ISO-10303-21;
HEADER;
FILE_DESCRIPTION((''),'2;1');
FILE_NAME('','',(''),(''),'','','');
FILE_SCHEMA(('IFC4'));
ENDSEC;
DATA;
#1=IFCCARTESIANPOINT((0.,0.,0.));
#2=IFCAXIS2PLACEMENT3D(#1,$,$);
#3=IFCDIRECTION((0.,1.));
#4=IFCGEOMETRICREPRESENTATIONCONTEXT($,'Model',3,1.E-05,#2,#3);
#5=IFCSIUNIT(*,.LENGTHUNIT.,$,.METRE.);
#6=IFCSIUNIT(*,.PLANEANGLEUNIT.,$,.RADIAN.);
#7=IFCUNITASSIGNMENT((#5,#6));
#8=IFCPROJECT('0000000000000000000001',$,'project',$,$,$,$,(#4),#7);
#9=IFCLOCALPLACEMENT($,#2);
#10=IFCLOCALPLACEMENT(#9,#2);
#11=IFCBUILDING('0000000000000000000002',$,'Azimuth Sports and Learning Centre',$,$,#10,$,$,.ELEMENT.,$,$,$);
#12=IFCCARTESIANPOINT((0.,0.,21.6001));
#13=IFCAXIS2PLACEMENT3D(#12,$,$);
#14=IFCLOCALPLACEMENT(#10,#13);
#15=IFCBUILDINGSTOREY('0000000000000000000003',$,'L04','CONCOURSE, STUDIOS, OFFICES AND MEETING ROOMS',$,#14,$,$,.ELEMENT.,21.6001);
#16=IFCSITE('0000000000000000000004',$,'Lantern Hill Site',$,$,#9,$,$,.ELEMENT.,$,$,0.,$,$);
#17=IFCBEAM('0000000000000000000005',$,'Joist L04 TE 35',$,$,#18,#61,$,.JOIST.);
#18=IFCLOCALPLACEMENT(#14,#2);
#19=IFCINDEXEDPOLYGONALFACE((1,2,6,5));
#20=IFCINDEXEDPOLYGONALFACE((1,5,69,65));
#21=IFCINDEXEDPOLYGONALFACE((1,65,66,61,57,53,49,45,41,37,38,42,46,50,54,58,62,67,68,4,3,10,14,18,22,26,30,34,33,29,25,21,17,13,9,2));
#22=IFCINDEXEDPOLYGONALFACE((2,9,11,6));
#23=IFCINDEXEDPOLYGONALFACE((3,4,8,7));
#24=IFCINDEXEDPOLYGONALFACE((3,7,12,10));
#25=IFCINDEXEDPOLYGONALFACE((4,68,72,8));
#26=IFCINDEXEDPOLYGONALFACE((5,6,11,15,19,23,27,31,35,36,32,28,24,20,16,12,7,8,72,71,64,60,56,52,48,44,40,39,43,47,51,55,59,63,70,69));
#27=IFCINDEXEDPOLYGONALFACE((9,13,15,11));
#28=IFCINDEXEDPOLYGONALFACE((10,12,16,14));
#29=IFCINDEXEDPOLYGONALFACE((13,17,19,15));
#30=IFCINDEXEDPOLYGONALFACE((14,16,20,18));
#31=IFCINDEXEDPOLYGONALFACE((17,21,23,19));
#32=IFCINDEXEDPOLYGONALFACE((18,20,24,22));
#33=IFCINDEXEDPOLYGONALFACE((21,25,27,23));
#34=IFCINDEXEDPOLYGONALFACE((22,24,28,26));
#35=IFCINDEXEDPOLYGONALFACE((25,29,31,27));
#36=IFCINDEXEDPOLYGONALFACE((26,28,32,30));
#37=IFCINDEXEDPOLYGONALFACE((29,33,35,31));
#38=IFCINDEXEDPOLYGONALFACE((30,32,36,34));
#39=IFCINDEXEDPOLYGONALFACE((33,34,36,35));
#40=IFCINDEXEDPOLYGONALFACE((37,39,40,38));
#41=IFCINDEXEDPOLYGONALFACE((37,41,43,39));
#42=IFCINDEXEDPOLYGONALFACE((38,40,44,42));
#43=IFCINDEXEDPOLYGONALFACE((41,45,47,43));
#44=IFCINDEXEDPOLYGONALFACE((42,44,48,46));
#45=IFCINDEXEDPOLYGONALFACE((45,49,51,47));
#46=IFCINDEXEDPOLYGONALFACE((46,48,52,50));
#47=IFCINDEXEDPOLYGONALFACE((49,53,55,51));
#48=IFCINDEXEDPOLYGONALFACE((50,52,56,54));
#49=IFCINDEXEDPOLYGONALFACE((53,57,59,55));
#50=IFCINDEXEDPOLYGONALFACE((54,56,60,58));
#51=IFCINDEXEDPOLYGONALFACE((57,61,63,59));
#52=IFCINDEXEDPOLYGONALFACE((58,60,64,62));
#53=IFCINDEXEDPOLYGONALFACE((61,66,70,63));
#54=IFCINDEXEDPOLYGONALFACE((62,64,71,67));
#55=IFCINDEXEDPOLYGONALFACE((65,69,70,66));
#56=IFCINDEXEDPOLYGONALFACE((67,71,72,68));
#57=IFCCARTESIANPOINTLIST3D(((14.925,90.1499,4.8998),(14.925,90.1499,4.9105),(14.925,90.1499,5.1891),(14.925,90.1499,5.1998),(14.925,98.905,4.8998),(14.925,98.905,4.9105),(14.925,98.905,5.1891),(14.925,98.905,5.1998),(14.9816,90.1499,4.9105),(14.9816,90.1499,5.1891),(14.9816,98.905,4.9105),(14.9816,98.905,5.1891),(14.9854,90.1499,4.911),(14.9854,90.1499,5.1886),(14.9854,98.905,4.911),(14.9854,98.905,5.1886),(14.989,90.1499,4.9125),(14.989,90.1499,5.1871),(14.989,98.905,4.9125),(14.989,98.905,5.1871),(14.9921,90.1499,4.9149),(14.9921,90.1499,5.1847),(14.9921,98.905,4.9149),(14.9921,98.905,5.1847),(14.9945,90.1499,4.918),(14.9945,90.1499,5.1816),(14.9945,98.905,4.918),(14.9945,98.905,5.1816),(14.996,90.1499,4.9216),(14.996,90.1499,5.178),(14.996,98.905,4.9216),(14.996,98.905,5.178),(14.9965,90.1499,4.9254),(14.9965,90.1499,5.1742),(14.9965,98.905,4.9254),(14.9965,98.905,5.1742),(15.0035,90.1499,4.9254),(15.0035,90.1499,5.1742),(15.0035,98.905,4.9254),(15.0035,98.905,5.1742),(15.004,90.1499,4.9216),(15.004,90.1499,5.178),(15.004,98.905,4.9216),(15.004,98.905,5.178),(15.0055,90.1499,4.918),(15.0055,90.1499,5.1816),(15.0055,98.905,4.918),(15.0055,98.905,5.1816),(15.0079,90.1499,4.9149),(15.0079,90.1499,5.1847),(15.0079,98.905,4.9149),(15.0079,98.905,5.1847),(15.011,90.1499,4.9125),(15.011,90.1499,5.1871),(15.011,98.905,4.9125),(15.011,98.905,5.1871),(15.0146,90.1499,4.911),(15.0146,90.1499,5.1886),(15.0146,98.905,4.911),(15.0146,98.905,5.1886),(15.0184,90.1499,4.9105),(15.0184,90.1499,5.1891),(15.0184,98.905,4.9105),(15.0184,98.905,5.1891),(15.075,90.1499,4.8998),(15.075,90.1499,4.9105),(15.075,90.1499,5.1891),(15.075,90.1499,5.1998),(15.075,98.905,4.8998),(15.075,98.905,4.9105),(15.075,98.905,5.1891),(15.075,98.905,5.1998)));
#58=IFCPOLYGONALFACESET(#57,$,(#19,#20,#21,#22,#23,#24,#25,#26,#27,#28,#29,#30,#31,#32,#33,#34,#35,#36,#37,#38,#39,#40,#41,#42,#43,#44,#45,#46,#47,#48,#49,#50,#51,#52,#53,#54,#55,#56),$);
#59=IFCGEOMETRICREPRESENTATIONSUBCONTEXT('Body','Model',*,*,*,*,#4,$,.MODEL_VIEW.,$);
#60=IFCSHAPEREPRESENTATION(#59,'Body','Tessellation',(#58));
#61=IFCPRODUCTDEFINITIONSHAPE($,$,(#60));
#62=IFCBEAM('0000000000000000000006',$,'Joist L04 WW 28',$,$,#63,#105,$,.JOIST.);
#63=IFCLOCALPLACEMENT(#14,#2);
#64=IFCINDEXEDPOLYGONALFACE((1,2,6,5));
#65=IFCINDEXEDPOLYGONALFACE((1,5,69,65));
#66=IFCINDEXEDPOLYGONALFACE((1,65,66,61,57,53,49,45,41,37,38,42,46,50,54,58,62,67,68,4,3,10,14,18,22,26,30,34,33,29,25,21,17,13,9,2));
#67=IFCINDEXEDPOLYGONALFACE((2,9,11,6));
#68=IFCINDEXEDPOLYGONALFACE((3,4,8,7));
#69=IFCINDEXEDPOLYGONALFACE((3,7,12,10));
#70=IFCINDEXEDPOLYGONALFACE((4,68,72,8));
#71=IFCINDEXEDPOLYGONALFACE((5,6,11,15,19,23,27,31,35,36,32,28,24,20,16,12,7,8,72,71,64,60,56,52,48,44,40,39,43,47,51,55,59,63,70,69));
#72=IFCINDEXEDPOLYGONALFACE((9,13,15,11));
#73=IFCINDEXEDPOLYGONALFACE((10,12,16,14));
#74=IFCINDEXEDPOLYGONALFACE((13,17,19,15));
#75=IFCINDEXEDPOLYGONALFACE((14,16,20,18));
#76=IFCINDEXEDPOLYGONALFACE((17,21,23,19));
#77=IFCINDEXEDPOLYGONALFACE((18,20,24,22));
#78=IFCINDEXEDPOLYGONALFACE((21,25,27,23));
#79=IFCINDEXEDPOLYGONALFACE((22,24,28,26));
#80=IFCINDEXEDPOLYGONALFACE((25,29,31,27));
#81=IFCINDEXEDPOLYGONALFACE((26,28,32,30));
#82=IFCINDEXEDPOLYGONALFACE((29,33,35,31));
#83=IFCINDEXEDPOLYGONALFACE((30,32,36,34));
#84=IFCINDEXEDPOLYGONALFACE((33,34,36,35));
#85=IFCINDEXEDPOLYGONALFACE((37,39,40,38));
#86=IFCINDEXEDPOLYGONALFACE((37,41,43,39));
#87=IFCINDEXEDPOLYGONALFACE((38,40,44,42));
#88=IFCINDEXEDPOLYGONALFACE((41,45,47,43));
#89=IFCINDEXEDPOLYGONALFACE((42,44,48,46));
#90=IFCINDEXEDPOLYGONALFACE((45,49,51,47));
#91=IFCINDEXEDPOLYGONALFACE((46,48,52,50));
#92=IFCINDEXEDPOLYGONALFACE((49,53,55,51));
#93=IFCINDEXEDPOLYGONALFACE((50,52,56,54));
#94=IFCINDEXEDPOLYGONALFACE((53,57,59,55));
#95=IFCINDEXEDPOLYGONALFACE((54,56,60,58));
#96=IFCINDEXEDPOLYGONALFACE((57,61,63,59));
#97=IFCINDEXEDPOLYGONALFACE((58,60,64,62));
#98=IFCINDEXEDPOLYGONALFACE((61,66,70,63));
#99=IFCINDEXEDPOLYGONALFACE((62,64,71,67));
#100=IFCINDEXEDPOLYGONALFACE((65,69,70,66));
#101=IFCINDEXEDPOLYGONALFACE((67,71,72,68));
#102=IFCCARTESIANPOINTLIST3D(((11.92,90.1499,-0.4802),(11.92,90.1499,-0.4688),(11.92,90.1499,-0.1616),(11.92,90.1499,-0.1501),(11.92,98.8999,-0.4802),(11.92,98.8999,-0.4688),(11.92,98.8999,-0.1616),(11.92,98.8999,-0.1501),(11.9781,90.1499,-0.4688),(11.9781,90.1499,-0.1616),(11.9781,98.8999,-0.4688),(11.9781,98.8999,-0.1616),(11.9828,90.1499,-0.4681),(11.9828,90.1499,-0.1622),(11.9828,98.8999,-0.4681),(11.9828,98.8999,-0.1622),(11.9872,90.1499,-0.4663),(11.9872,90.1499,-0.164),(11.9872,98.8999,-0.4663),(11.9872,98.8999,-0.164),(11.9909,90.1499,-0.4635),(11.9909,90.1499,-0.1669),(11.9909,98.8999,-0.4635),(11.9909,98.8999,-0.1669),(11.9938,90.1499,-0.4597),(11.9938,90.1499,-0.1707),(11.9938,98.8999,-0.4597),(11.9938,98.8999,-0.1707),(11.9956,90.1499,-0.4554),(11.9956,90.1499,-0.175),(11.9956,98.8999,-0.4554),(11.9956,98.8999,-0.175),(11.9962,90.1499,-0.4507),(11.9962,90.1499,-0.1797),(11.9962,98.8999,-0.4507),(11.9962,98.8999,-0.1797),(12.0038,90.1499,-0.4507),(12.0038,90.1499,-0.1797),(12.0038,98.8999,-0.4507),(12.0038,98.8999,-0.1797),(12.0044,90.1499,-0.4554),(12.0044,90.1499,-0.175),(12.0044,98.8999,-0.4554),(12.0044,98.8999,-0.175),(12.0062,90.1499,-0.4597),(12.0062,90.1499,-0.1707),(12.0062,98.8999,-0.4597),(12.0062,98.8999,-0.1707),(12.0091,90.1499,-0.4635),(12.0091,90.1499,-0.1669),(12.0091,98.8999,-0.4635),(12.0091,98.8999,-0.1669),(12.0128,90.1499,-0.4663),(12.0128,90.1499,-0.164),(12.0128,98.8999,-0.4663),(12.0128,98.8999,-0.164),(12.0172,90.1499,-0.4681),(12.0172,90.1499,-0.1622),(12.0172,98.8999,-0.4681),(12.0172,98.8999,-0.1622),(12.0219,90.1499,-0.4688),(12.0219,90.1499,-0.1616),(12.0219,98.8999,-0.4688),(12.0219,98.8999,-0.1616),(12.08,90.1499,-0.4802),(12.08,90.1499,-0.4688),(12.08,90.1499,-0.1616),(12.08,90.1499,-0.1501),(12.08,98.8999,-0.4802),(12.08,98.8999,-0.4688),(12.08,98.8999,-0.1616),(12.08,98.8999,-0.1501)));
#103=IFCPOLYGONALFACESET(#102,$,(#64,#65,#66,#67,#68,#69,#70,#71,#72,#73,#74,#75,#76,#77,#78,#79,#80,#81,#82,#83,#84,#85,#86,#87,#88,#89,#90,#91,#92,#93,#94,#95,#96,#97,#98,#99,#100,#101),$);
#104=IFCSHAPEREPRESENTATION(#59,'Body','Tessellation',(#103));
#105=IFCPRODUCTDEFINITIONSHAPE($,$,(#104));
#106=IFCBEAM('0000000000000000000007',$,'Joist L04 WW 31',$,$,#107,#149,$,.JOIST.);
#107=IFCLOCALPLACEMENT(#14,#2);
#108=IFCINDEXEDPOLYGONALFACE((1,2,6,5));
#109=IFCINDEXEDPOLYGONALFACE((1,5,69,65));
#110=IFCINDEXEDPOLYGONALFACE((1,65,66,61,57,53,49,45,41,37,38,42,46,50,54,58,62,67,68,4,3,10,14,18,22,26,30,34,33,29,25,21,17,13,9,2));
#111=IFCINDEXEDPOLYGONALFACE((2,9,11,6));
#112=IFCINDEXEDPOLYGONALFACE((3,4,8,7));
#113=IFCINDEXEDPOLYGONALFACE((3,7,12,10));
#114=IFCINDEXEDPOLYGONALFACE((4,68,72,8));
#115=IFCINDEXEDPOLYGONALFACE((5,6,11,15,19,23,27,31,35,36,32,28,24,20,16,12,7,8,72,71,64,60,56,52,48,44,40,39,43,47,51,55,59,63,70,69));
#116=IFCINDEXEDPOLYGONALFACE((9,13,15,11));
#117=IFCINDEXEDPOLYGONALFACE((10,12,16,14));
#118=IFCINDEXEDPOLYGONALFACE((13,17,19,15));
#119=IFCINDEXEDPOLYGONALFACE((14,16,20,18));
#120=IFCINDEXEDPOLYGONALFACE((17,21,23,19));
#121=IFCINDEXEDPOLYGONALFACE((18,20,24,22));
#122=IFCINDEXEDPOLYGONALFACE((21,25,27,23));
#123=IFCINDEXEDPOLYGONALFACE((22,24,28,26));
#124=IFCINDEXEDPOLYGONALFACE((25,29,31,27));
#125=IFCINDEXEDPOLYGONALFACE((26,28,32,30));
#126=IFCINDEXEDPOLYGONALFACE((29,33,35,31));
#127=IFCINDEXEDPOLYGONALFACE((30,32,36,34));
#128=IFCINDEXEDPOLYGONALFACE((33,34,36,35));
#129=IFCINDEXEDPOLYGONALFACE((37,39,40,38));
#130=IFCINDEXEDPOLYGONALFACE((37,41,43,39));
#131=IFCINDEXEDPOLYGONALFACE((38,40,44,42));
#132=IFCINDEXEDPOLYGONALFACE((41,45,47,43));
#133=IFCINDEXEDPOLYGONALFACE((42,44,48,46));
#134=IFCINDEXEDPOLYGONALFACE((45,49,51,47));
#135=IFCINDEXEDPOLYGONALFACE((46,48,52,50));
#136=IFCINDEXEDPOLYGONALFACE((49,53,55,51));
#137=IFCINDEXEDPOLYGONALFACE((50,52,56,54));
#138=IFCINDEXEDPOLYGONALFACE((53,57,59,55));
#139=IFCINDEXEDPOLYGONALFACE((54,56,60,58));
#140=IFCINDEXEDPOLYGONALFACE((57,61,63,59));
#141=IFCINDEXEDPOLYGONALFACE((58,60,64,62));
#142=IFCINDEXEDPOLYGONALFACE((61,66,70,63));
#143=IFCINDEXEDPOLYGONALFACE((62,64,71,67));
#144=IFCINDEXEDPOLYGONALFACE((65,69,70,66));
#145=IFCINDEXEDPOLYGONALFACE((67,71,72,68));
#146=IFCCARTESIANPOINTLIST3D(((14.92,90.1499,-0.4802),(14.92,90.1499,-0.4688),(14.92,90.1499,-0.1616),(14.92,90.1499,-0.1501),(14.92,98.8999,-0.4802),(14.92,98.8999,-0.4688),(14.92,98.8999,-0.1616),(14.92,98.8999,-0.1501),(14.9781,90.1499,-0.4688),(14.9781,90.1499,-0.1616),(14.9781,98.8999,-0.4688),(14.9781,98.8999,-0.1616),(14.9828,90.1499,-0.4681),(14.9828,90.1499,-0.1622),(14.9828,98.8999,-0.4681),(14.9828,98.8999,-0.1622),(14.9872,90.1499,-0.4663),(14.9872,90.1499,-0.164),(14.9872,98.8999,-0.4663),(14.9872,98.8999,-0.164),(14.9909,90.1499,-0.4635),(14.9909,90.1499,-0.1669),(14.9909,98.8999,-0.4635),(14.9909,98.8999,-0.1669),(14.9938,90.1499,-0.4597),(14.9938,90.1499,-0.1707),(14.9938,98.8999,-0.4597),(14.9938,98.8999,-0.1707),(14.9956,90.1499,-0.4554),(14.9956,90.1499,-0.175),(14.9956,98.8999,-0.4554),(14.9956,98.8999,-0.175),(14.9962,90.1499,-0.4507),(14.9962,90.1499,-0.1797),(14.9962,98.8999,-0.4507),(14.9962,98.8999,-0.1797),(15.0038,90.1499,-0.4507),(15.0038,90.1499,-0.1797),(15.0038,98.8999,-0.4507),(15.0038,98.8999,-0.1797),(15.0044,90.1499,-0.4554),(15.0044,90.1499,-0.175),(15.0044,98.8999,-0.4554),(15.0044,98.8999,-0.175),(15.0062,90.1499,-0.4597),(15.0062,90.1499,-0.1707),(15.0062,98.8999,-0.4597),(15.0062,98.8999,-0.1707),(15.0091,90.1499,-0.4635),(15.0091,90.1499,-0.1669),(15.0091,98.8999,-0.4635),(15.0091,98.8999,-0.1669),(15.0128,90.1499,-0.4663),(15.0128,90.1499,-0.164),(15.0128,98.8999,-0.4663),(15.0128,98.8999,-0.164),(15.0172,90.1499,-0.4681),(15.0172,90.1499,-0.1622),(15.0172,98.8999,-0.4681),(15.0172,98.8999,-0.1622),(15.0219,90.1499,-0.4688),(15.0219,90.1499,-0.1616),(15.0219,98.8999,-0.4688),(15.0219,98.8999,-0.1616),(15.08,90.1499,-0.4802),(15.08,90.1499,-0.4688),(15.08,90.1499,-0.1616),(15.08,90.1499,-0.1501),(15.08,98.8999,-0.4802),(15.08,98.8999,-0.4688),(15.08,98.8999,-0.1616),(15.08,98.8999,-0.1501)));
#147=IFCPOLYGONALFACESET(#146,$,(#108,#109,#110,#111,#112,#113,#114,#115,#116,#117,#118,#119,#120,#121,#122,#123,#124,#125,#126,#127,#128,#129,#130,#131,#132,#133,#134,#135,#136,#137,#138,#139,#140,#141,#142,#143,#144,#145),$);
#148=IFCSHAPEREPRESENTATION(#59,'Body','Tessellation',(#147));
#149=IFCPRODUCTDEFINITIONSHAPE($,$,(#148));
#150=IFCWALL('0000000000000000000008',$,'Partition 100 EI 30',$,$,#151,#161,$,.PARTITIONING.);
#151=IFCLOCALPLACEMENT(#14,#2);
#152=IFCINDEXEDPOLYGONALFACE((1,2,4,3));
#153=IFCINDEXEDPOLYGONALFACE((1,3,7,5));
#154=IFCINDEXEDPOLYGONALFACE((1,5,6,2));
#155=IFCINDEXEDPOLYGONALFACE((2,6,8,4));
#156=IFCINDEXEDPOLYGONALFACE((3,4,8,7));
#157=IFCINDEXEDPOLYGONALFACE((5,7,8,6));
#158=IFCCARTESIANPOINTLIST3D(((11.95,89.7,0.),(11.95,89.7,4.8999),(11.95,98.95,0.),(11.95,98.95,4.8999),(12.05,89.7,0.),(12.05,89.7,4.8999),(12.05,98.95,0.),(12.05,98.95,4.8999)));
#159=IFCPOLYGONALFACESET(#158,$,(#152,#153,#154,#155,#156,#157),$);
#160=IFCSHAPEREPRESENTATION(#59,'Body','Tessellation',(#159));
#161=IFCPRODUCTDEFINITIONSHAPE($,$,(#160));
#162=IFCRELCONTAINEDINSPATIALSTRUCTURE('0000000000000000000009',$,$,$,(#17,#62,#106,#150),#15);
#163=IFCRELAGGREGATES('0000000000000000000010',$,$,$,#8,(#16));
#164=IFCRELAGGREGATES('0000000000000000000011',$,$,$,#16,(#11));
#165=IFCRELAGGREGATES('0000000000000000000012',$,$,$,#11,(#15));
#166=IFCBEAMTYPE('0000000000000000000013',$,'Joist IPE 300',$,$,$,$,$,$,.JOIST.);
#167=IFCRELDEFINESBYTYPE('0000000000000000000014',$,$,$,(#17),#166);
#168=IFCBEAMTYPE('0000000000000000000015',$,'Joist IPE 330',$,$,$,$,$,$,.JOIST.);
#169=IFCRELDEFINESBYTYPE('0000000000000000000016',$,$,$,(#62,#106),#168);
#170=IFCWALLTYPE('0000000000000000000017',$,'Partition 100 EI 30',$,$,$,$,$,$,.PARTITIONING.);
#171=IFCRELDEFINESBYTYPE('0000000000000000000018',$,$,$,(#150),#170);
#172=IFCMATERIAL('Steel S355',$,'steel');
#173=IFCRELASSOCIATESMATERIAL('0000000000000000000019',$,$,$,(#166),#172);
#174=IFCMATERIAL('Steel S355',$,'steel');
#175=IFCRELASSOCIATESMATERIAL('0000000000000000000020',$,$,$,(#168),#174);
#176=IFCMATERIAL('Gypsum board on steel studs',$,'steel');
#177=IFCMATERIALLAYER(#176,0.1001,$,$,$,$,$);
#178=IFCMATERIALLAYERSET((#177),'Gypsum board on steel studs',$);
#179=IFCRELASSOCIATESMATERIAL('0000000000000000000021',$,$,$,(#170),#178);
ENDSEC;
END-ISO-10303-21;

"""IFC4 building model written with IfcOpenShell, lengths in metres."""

from ifc_helpers import new_model, si_unit, direction, frame, frame_2d, origin, origin_2d, place, context, subcontext, project, spatial, rectangle, i_section, extrude, material, layer, layer_set, material_profile, profile_set, type_object, element, save


model = new_model("IFC4")

# Units and contexts
model_context = context("Model", 3, precision=1e-05, world=origin(), true_north=direction((0.0, 1.0)))
body_context = subcontext(model_context, "Body", "Model", "MODEL_VIEW")
ifc_project = project(units=[si_unit("LENGTHUNIT", "METRE"), si_unit("PLANEANGLEUNIT", "RADIAN")], contexts=[model_context])

# Site, building, storey
site_placement = place(None, origin())
site = spatial("IfcSite", under=ifc_project, at=site_placement, Name="Lantern Hill Site", CompositionType="ELEMENT", RefElevation=0.0)
building_placement = place(site_placement, origin())
building = spatial("IfcBuilding", under=site, at=building_placement, Name="Azimuth Sports and Learning Centre", CompositionType="ELEMENT")
storey_placement = place(building_placement, frame((0.0, 0.0, 21.6001)))
storey = spatial("IfcBuildingStorey", under=building, at=storey_placement, Name="L04", Description="CONCOURSE, STUDIOS, OFFICES AND MEETING ROOMS", CompositionType="ELEMENT", Elevation=21.6001)

# Beams
ifc_material_1 = material(Name="Steel S355", Category="steel")
ifc_material_profile_1 = material_profile(ifc_material_1, i_section(OverallWidth=0.1499, OverallDepth=0.3, WebThickness=0.0071, FlangeThickness=0.0107, FilletRadius=0.0149, at=origin_2d()), Name="IPE 300")
ifc_profile_set_1 = profile_set([ifc_material_profile_1], Name="Steel S355")
beam_type_1 = type_object("IfcBeamType", Name="Joist IPE 300", PredefinedType="JOIST", material=ifc_profile_set_1)
for number, where, z_axis, x_axis, name in (
    (1, (15.0, 90.1499, 5.0498), (0.0, 1.0, 0.0), (-1.0, 0.0, 0.0), "Joist L04 TE 35"),
):
    element("IfcBeam", number, at=place(storey_placement, frame(where, z_axis=z_axis, x_axis=x_axis)), inside=storey, type_object=beam_type_1, Name=name, PredefinedType="JOIST", context=body_context, shape_type="SweptSolid", body=[
        extrude(i_section(OverallWidth=0.1499, OverallDepth=0.3, WebThickness=0.0071, FlangeThickness=0.0107, FilletRadius=0.0149, at=origin_2d()), origin(), (0.0, 0.0, 1.0), 8.7551),
    ])
ifc_material_2 = material(Name="Steel S355", Category="steel")
ifc_material_profile_2 = material_profile(ifc_material_2, i_section(OverallWidth=0.1599, OverallDepth=0.3301, WebThickness=0.0076, FlangeThickness=0.0115, FilletRadius=0.0181, at=origin_2d()), Name="IPE 330")
ifc_profile_set_2 = profile_set([ifc_material_profile_2], Name="Steel S355")
beam_type_2 = type_object("IfcBeamType", Name="Joist IPE 330", PredefinedType="JOIST", material=ifc_profile_set_2)
for number, where, z_axis, x_axis, name in (
    (2, (12.0, 90.1499, -0.3152), (0.0, 1.0, 0.0), (-1.0, 0.0, 0.0), "Joist L04 WW 28"),
    (3, (15.0, 90.1499, -0.3152), (0.0, 1.0, 0.0), (-1.0, 0.0, 0.0), "Joist L04 WW 31"),
):
    element("IfcBeam", number, at=place(storey_placement, frame(where, z_axis=z_axis, x_axis=x_axis)), inside=storey, type_object=beam_type_2, Name=name, PredefinedType="JOIST", context=body_context, shape_type="SweptSolid", body=[
        extrude(i_section(OverallWidth=0.1599, OverallDepth=0.3301, WebThickness=0.0076, FlangeThickness=0.0115, FilletRadius=0.0181, at=origin_2d()), origin(), (0.0, 0.0, 1.0), 8.75),
    ])

# Wall
ifc_material_3 = material(Name="Gypsum board on steel studs", Category="steel")
ifc_layer_1 = layer(ifc_material_3, 0.1001)
ifc_layer_set_1 = layer_set([ifc_layer_1], Name="Gypsum board on steel studs")
wall_type_1 = type_object("IfcWallType", Name="Partition 100 EI 30", PredefinedType="PARTITIONING", material=ifc_layer_set_1)
wall_1_placement = place(storey_placement, frame((12.0, 89.7, 0.0), z_axis=(0.0, 0.0, 1.0), x_axis=(0.0, 1.0, 0.0)))
element("IfcWall", 4, at=wall_1_placement, inside=storey, type_object=wall_type_1, Name="Partition 100 EI 30", PredefinedType="PARTITIONING", context=body_context, shape_type="SweptSolid", body=[
    extrude(rectangle(XDim=9.25, YDim=0.1001, at=frame_2d((4.625, 0.0))), origin(), (0.0, 0.0, 1.0), 4.8999),
])

save(model, "model.ifc")
